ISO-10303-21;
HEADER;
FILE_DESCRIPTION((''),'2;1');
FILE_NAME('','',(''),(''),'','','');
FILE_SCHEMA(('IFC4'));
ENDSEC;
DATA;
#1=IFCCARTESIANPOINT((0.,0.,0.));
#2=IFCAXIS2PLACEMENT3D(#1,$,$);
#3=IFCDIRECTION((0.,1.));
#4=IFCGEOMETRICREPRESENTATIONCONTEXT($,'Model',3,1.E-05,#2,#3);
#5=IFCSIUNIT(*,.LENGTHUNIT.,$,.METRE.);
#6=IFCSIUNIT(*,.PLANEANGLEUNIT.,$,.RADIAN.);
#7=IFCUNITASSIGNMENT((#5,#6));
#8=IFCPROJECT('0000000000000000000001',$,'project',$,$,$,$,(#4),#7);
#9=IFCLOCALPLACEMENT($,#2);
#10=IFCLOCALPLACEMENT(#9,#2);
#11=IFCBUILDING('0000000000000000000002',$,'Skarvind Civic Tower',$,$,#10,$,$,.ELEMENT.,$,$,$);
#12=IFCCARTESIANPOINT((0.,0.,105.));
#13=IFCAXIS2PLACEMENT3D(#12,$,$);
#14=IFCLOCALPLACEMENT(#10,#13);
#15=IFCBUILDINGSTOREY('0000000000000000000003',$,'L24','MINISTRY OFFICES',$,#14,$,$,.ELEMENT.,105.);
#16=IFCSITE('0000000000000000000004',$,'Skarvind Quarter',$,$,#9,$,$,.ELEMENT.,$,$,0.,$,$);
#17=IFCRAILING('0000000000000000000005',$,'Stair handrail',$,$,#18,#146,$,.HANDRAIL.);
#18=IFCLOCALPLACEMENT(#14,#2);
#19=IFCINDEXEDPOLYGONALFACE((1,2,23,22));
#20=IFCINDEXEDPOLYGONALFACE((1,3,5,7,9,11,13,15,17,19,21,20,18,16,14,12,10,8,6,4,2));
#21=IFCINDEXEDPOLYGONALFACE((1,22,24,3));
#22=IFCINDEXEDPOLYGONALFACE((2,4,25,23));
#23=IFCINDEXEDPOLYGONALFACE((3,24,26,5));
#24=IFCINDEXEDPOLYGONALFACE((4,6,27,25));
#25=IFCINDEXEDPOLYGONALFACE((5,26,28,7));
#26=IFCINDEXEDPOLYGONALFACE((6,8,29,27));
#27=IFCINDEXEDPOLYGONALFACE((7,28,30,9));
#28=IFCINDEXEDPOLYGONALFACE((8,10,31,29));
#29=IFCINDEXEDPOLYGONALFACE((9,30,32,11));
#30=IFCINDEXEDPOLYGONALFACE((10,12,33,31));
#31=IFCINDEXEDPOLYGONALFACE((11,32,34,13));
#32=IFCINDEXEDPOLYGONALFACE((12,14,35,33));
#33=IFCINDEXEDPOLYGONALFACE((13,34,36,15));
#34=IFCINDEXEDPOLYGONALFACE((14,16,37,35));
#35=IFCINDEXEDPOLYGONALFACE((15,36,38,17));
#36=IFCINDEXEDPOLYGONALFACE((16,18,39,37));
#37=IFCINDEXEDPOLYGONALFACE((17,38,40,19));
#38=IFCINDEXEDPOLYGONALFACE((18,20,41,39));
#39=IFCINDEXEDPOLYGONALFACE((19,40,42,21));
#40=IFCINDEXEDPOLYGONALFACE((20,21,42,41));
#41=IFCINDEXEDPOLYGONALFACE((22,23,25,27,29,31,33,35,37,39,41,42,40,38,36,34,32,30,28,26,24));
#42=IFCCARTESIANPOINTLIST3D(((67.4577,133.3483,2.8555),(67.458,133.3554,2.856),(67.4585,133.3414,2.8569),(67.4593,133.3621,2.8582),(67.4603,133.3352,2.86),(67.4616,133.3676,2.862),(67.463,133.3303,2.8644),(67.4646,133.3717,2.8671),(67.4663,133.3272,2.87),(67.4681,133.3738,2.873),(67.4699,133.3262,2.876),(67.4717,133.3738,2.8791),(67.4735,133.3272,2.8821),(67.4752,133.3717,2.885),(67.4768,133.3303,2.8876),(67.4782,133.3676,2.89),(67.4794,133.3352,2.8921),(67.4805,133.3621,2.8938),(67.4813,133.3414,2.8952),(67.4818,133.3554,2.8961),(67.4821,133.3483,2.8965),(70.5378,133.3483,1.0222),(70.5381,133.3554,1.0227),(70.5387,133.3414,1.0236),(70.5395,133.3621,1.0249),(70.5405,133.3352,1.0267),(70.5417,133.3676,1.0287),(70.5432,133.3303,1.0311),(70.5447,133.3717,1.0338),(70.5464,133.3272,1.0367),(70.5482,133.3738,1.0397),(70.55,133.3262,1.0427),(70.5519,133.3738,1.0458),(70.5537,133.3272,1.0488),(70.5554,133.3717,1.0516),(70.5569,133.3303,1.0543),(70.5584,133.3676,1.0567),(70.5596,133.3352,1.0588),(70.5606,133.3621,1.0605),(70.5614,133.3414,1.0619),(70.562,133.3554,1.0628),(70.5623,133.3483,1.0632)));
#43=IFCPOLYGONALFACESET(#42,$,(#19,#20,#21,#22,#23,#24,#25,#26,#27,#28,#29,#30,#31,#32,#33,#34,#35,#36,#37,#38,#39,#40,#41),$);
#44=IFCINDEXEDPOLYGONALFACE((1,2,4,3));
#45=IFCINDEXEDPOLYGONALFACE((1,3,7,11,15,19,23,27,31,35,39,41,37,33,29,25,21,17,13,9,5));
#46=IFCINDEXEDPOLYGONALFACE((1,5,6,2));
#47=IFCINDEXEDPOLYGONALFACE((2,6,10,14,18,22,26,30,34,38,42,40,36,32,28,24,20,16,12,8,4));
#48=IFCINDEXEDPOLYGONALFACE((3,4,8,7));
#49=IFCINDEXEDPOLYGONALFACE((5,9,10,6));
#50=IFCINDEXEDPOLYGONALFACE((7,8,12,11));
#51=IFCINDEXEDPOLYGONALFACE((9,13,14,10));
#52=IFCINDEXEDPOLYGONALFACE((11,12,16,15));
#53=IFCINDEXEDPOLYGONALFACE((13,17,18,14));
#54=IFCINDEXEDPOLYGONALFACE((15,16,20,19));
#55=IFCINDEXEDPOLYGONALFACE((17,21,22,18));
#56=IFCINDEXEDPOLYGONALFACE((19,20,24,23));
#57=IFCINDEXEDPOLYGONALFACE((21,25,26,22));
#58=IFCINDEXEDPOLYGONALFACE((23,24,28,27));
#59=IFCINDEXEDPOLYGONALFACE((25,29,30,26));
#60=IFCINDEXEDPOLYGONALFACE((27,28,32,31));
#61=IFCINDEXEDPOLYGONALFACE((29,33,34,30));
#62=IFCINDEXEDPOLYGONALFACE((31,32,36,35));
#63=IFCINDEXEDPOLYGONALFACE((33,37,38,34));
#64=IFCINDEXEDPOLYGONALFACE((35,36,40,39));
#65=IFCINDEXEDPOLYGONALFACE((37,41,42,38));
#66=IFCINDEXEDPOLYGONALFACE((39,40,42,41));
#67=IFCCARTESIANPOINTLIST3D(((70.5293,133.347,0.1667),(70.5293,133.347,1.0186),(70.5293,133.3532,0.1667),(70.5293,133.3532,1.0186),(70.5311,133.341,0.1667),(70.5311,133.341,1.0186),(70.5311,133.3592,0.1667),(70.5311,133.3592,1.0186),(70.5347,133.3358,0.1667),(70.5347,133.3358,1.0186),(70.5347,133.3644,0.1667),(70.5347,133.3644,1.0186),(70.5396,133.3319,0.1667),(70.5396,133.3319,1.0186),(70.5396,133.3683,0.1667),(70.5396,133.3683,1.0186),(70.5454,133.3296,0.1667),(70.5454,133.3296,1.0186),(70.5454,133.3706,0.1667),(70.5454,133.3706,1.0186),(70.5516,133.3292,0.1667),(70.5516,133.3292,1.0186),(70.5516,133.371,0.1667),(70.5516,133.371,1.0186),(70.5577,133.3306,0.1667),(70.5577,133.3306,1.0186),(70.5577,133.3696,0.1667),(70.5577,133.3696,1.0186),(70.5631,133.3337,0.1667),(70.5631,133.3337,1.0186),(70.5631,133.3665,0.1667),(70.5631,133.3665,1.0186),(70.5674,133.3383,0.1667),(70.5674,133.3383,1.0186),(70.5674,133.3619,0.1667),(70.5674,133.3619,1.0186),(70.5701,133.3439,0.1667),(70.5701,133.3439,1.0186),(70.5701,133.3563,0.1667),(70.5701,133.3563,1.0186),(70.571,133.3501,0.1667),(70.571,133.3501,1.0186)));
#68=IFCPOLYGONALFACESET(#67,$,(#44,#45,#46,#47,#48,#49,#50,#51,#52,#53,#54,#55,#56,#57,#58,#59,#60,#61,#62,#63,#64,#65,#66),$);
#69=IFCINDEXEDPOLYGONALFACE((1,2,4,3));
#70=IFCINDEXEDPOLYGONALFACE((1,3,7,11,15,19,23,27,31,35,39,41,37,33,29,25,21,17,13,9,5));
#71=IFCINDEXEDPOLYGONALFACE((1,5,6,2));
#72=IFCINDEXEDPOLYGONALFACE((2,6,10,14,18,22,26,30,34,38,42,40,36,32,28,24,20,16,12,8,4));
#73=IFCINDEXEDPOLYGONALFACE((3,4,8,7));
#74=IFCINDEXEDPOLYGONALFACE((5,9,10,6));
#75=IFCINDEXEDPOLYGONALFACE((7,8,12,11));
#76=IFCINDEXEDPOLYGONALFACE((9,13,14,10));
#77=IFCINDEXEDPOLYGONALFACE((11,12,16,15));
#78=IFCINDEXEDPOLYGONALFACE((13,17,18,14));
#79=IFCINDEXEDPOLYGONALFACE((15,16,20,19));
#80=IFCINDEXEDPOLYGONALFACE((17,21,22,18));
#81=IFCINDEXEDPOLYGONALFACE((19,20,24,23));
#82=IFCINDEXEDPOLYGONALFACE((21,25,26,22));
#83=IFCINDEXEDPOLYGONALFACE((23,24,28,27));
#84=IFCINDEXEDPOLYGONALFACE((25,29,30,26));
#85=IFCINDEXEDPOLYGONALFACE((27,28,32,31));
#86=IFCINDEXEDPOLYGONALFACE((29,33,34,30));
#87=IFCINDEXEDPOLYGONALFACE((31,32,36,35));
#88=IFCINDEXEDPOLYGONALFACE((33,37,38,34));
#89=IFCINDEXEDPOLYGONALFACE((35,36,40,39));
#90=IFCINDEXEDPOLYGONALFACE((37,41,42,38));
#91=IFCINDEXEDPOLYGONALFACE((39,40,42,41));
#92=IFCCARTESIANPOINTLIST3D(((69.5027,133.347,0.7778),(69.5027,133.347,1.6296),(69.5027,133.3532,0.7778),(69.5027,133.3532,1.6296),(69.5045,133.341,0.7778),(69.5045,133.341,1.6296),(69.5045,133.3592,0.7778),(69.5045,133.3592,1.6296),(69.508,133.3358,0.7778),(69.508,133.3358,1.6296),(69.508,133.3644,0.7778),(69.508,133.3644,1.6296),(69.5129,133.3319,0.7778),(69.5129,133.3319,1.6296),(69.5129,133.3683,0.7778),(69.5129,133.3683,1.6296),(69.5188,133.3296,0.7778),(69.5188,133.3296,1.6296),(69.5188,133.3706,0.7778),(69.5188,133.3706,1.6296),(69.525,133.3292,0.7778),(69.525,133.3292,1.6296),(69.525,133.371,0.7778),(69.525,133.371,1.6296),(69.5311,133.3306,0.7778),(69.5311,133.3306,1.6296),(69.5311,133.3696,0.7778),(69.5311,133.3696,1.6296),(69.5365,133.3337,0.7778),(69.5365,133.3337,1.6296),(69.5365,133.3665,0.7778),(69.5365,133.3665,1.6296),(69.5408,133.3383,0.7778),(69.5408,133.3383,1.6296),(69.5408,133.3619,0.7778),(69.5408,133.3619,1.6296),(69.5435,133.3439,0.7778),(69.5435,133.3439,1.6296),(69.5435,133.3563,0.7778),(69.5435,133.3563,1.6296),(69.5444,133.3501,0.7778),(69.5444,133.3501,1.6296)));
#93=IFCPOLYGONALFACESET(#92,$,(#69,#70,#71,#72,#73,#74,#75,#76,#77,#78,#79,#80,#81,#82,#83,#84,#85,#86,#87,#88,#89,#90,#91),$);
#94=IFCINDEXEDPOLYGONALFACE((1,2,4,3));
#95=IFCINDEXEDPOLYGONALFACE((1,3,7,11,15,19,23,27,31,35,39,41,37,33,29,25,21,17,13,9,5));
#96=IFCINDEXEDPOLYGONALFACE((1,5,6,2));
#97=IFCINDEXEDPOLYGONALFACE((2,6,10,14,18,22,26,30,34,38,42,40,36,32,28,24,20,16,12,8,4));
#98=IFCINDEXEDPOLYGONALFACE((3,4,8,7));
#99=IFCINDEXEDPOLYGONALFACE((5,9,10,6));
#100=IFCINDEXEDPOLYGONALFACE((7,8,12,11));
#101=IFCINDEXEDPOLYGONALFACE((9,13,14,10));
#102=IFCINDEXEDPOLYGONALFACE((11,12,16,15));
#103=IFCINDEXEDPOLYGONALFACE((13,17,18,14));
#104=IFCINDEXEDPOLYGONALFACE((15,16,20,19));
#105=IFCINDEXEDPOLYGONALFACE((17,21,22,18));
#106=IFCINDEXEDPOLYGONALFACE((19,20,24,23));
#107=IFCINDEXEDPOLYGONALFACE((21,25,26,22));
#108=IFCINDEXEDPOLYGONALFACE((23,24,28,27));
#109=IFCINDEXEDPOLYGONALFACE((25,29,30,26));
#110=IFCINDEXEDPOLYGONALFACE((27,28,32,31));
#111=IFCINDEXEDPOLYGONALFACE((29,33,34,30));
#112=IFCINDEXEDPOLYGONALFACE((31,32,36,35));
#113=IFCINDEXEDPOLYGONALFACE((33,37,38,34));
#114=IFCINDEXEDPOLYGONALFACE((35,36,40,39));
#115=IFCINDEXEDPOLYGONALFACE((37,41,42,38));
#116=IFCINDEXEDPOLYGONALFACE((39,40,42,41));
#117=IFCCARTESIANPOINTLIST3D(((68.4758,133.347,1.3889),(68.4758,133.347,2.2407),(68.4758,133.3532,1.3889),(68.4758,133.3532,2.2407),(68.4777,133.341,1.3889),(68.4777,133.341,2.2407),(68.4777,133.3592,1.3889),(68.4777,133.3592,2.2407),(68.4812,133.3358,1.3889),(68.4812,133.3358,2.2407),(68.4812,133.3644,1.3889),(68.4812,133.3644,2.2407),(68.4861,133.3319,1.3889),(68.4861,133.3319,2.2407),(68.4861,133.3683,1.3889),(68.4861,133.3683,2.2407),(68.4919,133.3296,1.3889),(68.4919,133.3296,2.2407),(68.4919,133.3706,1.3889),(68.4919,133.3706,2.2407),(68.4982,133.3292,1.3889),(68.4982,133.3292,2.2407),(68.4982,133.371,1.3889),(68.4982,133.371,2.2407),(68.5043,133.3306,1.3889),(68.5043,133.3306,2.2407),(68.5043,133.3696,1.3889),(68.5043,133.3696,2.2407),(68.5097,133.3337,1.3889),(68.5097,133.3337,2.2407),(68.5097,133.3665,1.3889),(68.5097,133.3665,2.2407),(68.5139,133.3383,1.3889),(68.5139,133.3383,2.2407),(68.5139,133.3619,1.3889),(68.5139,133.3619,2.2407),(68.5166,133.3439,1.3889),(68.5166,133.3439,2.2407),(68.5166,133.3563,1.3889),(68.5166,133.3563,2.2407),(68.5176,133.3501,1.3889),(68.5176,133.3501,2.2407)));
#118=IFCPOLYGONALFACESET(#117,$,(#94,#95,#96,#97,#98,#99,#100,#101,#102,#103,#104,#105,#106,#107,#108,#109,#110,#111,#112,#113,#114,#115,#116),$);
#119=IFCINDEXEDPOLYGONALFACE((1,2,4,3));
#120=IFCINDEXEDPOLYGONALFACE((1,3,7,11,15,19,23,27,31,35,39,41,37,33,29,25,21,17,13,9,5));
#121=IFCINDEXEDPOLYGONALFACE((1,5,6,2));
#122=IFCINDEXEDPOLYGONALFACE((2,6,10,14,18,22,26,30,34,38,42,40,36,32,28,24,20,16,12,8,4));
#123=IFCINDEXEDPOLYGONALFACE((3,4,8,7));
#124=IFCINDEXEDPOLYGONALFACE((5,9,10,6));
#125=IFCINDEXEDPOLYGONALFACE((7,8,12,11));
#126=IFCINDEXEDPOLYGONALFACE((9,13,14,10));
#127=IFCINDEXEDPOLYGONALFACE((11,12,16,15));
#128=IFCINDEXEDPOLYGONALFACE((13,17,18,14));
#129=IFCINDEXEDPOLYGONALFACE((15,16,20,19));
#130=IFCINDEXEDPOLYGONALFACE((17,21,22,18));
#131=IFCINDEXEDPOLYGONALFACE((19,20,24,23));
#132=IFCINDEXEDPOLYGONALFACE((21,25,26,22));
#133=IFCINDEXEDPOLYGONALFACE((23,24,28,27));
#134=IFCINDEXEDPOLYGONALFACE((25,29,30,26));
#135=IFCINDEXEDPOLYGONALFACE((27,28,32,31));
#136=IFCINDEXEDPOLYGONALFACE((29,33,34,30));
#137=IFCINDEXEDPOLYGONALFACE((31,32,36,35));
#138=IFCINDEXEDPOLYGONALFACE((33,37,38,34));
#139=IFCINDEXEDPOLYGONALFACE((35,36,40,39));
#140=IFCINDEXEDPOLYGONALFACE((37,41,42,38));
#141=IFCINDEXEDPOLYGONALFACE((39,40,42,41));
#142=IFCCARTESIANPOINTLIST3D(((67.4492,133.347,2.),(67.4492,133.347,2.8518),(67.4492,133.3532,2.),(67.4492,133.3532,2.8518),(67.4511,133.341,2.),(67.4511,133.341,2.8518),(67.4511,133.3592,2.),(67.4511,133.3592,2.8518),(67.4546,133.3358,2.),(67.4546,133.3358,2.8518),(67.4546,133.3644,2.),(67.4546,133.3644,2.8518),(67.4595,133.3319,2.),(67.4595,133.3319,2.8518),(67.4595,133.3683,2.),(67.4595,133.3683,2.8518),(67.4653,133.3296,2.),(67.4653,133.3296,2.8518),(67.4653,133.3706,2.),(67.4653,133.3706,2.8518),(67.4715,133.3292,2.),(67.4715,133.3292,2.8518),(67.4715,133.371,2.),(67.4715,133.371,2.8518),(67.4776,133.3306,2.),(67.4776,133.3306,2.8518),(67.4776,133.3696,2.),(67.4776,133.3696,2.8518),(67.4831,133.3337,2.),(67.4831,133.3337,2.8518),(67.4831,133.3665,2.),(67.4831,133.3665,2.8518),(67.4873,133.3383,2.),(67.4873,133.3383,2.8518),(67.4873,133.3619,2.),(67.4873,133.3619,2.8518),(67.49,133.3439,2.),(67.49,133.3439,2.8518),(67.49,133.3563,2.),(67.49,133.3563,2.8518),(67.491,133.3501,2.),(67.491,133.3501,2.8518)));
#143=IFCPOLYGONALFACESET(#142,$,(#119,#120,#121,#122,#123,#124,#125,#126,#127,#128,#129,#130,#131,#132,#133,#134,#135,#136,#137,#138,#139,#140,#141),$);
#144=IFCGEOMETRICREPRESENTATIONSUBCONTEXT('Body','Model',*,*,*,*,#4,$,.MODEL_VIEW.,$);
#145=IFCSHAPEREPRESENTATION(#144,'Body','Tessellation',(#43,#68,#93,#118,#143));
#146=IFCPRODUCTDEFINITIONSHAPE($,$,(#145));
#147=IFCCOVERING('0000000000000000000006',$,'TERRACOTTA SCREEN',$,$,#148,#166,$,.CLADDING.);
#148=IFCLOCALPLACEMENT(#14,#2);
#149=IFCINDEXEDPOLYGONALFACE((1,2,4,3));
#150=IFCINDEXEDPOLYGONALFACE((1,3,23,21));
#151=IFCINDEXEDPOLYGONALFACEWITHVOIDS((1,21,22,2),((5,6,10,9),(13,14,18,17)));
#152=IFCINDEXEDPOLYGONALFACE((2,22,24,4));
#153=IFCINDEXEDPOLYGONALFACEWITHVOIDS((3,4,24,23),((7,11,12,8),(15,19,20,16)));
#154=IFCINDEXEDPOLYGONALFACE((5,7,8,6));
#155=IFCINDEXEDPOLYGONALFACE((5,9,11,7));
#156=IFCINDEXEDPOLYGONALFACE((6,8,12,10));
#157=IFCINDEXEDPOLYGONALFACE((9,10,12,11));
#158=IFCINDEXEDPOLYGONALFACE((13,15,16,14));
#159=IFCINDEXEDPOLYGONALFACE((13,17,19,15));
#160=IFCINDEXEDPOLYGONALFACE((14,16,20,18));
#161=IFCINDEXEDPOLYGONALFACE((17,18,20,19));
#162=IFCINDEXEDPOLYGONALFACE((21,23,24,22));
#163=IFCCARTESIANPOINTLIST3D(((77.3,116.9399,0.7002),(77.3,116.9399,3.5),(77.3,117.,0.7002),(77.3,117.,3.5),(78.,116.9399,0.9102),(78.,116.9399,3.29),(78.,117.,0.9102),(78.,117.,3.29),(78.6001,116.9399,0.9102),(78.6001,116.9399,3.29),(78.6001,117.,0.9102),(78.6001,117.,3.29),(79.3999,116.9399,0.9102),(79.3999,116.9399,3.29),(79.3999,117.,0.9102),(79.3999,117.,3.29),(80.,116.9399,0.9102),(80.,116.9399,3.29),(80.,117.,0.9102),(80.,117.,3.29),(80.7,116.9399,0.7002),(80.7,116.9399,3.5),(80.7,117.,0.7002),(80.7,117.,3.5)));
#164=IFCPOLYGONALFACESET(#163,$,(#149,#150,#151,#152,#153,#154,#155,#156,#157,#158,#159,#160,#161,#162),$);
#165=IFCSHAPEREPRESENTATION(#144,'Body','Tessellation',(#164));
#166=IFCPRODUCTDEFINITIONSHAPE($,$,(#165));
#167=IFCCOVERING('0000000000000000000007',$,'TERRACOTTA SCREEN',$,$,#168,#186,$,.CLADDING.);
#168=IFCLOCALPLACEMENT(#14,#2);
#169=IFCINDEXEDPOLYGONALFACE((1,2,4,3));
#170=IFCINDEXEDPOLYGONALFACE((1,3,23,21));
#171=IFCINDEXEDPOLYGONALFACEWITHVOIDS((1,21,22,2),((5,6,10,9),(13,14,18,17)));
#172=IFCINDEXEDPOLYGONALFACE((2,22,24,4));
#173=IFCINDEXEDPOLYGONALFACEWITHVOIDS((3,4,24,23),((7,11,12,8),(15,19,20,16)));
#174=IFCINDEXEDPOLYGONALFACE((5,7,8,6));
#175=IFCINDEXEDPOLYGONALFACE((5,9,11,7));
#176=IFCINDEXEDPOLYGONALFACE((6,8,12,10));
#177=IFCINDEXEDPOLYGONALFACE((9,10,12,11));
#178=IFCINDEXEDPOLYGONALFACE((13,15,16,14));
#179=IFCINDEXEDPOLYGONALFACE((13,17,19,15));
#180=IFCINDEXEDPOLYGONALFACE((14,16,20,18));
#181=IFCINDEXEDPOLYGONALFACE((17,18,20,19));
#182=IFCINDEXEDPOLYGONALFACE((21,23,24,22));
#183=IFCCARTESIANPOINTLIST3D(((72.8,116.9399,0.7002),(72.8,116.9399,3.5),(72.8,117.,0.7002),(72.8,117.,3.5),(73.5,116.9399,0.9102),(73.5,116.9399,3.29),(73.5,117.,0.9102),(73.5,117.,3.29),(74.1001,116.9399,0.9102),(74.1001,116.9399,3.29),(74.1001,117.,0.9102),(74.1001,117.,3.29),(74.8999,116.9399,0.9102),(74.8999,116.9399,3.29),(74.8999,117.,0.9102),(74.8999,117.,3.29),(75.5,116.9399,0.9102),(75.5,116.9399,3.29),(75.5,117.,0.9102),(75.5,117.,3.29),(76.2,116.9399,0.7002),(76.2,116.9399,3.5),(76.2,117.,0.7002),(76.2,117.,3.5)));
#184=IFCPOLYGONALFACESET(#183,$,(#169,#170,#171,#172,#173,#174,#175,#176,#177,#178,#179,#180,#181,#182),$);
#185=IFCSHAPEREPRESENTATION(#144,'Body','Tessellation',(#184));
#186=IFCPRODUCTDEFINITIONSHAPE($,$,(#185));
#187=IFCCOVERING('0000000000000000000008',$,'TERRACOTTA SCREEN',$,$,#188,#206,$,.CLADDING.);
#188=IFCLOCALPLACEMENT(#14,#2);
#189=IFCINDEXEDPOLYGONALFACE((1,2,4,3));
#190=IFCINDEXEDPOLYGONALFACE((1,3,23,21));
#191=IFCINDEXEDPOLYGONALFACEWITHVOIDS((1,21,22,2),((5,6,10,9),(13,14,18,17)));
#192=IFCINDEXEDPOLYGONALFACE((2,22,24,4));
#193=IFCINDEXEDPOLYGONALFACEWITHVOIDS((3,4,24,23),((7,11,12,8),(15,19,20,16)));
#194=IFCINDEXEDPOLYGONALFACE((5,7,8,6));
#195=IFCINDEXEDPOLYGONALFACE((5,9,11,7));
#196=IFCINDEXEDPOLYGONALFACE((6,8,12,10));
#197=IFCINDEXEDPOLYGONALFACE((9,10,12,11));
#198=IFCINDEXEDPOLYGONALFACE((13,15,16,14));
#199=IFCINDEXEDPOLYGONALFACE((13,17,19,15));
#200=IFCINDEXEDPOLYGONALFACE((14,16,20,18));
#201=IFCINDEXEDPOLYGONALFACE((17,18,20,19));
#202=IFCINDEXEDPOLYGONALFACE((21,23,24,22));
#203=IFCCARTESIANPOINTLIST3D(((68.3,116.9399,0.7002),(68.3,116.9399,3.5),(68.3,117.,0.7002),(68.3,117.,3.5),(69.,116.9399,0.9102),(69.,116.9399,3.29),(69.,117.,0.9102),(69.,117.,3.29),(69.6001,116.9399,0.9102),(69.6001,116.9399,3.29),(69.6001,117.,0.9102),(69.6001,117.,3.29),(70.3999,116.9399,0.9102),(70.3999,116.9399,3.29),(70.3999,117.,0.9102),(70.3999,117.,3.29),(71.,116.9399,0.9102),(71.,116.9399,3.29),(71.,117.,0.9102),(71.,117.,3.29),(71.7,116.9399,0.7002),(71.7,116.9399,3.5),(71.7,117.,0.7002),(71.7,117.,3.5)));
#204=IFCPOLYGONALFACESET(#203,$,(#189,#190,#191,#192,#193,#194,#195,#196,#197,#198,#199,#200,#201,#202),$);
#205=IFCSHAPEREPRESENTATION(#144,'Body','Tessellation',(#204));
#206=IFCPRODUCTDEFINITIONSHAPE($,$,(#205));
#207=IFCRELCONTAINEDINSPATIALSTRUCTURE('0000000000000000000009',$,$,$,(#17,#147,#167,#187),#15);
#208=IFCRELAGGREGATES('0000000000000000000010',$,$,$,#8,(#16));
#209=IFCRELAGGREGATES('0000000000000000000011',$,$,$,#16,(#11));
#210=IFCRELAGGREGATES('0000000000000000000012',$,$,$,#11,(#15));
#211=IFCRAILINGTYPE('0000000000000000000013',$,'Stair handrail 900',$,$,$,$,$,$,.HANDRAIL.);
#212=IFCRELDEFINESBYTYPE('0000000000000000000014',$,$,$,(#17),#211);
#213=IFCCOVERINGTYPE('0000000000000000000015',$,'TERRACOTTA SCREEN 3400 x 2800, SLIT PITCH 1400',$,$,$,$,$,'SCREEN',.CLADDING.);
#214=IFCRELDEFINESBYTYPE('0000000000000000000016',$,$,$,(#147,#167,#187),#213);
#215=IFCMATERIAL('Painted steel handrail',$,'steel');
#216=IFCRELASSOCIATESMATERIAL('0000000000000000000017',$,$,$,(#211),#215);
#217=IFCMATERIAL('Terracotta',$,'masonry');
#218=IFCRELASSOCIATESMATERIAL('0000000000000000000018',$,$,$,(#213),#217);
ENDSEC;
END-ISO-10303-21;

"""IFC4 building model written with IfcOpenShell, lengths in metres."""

from ifc_helpers import new_model, si_unit, direction, frame, origin, origin_2d, place, context, subcontext, project, spatial, polyline, circle, outline, extrude, material, material_profile, profile_set, type_object, element, save


model = new_model("IFC4")

# Units and contexts
model_context = context("Model", 3, precision=1e-05, world=origin(), true_north=direction((0.0, 1.0)))
body_context = subcontext(model_context, "Body", "Model", "MODEL_VIEW")
ifc_project = project(units=[si_unit("LENGTHUNIT", "METRE"), si_unit("PLANEANGLEUNIT", "RADIAN")], contexts=[model_context])

# Site, building, storey
site_placement = place(None, origin())
site = spatial("IfcSite", under=ifc_project, at=site_placement, Name="Skarvind Quarter", CompositionType="ELEMENT", RefElevation=0.0)
building_placement = place(site_placement, origin())
building = spatial("IfcBuilding", under=site, at=building_placement, Name="Skarvind Civic Tower", CompositionType="ELEMENT")
storey_placement = place(building_placement, frame((0.0, 0.0, 105.0)))
storey = spatial("IfcBuildingStorey", under=building, at=storey_placement, Name="L24", Description="MINISTRY OFFICES", CompositionType="ELEMENT", Elevation=105.0)

# Railing
ifc_material_1 = material(Name="Painted steel handrail", Category="steel")
railing_type = type_object("IfcRailingType", Name="Stair handrail 900", PredefinedType="HANDRAIL", material=ifc_material_1)
railing_placement = place(storey_placement, frame((70.55, 133.3501, 0.1667)))
element("IfcRailing", 1, at=railing_placement, inside=storey, type_object=railing_type, Name="Stair handrail", PredefinedType="HANDRAIL", context=body_context, shape_type="SweptSolid", body=[
    extrude(circle(Radius=0.0239, at=origin_2d()), frame((0.0, 0.0, 0.876), z_axis=(-0.859309, 0.0, 0.511458), x_axis=(0.0, -1.0, 0.0)), (0.0, 0.0, 1.0), 3.5845),
    extrude(circle(Radius=0.021, at=origin_2d()), origin(), (0.0, 0.0, 1.0), 0.8518),
    extrude(circle(Radius=0.021, at=origin_2d()), frame((-1.0266, 0.0, 0.6111)), (0.0, 0.0, 1.0), 0.8518),
    extrude(circle(Radius=0.021, at=origin_2d()), frame((-2.0535, 0.0, 1.2222)), (0.0, 0.0, 1.0), 0.8518),
    extrude(circle(Radius=0.021, at=origin_2d()), frame((-3.0801, 0.0, 1.8333)), (0.0, 0.0, 1.0), 0.8518),
])

# Coverings
ifc_material_2 = material(Name="Terracotta", Category="masonry")
ifc_material_profile_1 = material_profile(ifc_material_2, outline(polyline([(-1.7, -1.3999), (1.7, -1.3999), (1.7, 1.3999), (-1.7, 1.3999), (-1.7, -1.3999)]), holes=[polyline([(-1.0, -1.1899), (-0.3999, -1.1899), (-0.3999, 1.1899), (-1.0, 1.1899), (-1.0, -1.1899)]), polyline([(0.3999, -1.1899), (1.0, -1.1899), (1.0, 1.1899), (0.3999, 1.1899), (0.3999, -1.1899)])]), Name="TERRACOTTA SCREEN 3400 x 2800, SLIT PITCH 1400")
ifc_profile_set_1 = profile_set([ifc_material_profile_1], Name="Terracotta")
covering_type_1 = type_object("IfcCoveringType", Name="TERRACOTTA SCREEN 3400 x 2800, SLIT PITCH 1400", ElementType="SCREEN", PredefinedType="CLADDING", material=ifc_profile_set_1)
for number, where, z_axis, x_axis, name in (
    (2, (79.0, 117.0, 2.1001), (0.0, -1.0, 0.0), (1.0, 0.0, 0.0), "TERRACOTTA SCREEN"),
    (3, (74.5, 117.0, 2.1001), (0.0, -1.0, 0.0), (1.0, 0.0, 0.0), "TERRACOTTA SCREEN"),
    (4, (70.0, 117.0, 2.1001), (0.0, -1.0, 0.0), (1.0, 0.0, 0.0), "TERRACOTTA SCREEN"),
):
    element("IfcCovering", number, at=place(storey_placement, frame(where, z_axis=z_axis, x_axis=x_axis)), inside=storey, type_object=covering_type_1, Name=name, PredefinedType="CLADDING", context=body_context, shape_type="SweptSolid", body=[
        extrude(outline(polyline([(-1.7, -1.3999), (1.7, -1.3999), (1.7, 1.3999), (-1.7, 1.3999), (-1.7, -1.3999)]), holes=[polyline([(-1.0, -1.1899), (-0.3999, -1.1899), (-0.3999, 1.1899), (-1.0, 1.1899), (-1.0, -1.1899)]), polyline([(0.3999, -1.1899), (1.0, -1.1899), (1.0, 1.1899), (0.3999, 1.1899), (0.3999, -1.1899)])]), origin(), (0.0, 0.0, 1.0), 0.0601),
    ])

save(model, "model.ifc")
